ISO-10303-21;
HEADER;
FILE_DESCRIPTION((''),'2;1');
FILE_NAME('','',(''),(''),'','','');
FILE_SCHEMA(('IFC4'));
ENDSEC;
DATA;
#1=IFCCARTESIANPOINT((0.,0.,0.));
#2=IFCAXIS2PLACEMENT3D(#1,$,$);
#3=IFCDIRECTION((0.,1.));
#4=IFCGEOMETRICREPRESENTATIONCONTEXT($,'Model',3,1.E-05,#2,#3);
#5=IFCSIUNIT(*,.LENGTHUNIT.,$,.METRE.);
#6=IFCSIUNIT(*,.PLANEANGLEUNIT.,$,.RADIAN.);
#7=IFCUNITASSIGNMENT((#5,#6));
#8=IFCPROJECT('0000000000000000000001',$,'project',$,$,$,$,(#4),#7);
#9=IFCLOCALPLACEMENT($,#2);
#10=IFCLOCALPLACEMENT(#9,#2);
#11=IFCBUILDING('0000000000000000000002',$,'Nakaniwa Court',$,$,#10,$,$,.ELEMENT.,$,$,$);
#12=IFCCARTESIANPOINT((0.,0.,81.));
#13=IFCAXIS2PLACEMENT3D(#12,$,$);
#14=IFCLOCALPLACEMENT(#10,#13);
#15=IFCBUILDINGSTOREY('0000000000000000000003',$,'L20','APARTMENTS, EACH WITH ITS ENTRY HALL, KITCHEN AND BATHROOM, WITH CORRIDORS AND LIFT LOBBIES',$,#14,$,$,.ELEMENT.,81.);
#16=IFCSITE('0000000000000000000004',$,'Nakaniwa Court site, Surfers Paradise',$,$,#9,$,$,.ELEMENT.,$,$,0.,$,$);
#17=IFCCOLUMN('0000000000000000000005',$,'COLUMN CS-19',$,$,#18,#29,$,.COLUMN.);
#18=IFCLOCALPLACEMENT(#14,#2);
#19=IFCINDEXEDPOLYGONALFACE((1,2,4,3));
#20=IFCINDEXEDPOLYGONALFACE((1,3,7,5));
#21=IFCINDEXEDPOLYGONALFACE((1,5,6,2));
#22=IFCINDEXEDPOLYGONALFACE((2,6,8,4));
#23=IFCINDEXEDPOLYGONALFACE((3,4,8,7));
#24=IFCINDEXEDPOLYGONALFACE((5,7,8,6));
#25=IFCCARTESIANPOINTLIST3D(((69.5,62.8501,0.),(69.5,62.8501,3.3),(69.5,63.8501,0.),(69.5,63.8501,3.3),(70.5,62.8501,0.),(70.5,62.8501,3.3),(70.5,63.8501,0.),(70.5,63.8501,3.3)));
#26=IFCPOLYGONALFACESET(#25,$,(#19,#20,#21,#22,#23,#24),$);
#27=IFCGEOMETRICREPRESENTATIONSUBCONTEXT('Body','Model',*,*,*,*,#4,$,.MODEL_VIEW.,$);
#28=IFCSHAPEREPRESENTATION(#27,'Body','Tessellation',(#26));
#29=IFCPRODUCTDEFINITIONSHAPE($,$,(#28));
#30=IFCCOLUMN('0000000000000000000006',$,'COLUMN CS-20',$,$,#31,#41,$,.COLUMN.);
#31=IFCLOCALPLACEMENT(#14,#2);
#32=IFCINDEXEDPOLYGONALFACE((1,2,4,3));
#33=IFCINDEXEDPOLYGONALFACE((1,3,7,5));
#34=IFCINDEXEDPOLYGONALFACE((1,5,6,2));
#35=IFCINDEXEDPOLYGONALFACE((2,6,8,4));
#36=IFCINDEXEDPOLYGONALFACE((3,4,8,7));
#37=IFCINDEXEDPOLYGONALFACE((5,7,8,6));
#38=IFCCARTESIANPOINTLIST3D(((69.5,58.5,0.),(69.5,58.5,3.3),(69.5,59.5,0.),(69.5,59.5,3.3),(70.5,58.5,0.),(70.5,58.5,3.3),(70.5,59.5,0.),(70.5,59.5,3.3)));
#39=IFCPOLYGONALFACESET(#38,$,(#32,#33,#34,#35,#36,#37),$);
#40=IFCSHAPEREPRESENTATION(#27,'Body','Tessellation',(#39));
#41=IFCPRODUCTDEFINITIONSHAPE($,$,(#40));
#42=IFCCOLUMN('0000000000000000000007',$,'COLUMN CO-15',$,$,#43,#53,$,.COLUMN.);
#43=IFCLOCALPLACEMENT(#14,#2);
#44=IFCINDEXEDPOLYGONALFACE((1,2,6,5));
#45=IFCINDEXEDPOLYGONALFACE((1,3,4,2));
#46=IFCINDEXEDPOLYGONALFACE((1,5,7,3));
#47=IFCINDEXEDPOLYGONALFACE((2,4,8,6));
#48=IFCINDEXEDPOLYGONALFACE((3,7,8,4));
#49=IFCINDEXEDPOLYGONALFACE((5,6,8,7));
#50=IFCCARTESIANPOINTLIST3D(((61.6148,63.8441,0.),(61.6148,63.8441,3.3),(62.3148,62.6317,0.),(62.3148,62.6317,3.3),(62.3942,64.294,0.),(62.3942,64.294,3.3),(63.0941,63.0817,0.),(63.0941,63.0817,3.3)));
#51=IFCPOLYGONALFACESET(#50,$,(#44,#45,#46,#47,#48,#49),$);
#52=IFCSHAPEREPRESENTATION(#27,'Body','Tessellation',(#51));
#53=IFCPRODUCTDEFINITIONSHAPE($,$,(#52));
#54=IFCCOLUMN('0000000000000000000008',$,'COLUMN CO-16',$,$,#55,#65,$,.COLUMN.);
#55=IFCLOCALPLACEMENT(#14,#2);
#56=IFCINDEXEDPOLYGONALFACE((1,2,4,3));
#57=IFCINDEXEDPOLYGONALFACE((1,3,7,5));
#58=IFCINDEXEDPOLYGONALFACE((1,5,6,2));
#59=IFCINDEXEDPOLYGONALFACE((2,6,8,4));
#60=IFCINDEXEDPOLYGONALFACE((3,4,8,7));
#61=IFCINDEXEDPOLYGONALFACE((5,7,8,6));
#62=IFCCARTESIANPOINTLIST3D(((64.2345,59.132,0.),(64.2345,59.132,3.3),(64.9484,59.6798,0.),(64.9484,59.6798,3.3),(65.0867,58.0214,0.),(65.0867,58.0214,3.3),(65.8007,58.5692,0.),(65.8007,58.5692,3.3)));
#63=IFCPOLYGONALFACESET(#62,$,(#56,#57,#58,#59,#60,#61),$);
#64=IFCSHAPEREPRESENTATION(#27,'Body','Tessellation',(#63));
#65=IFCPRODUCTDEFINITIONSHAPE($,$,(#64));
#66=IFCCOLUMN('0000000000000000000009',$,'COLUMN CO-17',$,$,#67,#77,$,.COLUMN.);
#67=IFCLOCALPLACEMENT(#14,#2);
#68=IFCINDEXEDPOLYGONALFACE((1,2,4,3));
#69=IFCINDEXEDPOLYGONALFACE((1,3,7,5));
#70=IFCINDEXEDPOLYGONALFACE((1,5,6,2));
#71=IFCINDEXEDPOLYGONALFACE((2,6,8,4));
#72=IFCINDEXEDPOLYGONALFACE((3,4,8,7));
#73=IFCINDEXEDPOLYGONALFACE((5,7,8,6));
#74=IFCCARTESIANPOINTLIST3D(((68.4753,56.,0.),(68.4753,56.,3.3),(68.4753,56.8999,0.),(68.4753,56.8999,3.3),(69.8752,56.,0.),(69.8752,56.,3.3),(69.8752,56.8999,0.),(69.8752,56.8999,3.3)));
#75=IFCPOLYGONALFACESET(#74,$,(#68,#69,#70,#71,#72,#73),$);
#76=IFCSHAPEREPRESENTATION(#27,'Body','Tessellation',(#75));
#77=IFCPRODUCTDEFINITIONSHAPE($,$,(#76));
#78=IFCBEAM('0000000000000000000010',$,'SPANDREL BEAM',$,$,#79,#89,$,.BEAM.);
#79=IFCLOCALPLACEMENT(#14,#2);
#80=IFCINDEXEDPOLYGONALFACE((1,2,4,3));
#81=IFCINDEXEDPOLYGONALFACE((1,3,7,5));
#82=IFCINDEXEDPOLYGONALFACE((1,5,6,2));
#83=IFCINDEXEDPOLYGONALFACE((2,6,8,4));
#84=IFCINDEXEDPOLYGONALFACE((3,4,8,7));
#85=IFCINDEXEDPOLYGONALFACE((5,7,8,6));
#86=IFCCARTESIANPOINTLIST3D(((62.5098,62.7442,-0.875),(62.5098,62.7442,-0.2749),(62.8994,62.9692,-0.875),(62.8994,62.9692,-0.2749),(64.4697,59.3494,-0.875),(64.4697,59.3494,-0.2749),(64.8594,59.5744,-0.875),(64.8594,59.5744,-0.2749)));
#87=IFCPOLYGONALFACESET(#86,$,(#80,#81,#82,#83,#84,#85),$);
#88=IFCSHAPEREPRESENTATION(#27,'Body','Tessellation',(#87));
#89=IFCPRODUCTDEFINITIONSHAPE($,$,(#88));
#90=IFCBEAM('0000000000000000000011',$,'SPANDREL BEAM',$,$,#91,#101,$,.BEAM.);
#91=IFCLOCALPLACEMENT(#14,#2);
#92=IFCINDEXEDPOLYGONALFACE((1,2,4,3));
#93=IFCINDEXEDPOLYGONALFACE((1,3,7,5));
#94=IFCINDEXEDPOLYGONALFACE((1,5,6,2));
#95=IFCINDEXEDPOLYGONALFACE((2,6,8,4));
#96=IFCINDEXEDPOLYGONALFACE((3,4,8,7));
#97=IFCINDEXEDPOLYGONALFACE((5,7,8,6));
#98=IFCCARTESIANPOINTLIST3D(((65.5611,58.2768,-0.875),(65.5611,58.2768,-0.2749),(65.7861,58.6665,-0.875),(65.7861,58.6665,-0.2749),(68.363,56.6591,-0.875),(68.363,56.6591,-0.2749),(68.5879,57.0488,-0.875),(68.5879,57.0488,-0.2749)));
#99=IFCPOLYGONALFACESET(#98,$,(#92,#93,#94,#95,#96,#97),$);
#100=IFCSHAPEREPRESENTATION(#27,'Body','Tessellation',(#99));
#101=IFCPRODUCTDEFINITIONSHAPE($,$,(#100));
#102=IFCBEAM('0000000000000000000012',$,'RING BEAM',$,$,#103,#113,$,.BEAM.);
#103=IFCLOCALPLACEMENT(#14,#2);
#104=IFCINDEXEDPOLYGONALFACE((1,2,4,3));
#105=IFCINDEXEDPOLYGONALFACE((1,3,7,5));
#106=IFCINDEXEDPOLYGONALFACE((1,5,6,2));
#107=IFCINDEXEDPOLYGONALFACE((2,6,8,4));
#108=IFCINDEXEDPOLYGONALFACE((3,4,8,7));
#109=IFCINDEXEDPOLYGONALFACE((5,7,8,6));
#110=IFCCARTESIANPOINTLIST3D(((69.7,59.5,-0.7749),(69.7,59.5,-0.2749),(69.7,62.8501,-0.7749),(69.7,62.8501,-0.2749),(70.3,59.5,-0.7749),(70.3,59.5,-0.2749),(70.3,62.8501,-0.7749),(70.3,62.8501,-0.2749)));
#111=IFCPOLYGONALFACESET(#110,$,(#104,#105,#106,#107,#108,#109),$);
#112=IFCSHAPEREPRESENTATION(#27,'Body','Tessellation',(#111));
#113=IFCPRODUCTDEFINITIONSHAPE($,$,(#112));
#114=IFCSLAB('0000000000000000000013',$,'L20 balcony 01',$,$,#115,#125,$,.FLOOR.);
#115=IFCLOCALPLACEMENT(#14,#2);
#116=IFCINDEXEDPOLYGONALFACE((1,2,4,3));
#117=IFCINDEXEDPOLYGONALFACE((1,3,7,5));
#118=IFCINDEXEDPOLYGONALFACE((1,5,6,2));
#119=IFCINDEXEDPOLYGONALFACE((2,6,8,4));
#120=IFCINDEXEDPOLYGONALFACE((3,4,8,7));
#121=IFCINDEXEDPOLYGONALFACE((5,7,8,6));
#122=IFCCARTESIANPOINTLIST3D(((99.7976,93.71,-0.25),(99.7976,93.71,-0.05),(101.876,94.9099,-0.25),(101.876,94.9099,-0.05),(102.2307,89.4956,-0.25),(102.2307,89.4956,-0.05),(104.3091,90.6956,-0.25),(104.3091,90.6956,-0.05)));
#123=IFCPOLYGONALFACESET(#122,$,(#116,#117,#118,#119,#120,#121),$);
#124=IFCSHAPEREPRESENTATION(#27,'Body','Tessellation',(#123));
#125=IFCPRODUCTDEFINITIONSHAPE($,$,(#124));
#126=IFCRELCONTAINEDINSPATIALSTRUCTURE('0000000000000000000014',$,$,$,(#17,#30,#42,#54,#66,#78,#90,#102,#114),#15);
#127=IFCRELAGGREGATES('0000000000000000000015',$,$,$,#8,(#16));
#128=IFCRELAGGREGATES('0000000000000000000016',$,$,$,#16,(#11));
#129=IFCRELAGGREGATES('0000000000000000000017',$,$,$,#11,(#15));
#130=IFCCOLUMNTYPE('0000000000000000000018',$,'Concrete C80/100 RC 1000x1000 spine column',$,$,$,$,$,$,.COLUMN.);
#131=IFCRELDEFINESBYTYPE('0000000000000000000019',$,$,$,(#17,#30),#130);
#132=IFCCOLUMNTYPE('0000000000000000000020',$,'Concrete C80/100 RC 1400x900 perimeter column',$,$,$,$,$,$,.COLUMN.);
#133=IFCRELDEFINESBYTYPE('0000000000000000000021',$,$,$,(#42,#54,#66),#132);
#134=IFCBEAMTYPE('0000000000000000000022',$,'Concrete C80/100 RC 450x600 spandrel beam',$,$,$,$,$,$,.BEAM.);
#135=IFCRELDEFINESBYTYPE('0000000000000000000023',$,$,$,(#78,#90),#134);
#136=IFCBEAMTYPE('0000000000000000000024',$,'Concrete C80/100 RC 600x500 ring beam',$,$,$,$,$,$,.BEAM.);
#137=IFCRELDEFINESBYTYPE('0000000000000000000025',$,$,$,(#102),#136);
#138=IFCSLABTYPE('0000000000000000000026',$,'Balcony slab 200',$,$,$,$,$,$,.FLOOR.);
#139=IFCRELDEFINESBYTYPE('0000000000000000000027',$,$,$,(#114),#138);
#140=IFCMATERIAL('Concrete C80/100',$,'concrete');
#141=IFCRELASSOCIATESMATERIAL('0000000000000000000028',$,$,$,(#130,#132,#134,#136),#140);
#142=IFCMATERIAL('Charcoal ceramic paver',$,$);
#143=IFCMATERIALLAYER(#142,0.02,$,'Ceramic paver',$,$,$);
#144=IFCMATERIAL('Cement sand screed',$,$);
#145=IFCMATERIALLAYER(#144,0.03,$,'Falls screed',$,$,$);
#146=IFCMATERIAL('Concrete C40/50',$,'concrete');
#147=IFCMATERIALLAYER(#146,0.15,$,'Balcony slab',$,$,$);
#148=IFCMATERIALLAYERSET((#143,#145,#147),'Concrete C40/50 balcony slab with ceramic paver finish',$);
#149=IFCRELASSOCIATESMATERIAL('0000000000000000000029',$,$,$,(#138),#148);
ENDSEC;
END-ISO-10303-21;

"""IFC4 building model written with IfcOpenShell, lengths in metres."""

from ifc_helpers import new_model, si_unit, direction, frame, origin, origin_2d, place, context, subcontext, project, spatial, polyline, rectangle, outline, extrude, material, layer, layer_set, material_profile, profile_set, type_object, element, save


model = new_model("IFC4")

# Units and contexts
model_context = context("Model", 3, precision=1e-05, world=origin(), true_north=direction((0.0, 1.0)))
body_context = subcontext(model_context, "Body", "Model", "MODEL_VIEW")
ifc_project = project(units=[si_unit("LENGTHUNIT", "METRE"), si_unit("PLANEANGLEUNIT", "RADIAN")], contexts=[model_context])

# Site, building, storey
site_placement = place(None, origin())
site = spatial("IfcSite", under=ifc_project, at=site_placement, Name="Nakaniwa Court site, Surfers Paradise", CompositionType="ELEMENT", RefElevation=0.0)
building_placement = place(site_placement, origin())
building = spatial("IfcBuilding", under=site, at=building_placement, Name="Nakaniwa Court", CompositionType="ELEMENT")
storey_placement = place(building_placement, frame((0.0, 0.0, 81.0)))
storey = spatial("IfcBuildingStorey", under=building, at=storey_placement, Name="L20", Description="APARTMENTS, EACH WITH ITS ENTRY HALL, KITCHEN AND BATHROOM, WITH CORRIDORS AND LIFT LOBBIES", CompositionType="ELEMENT", Elevation=81.0)

# Columns
ifc_material_1 = material(Name="Concrete C80/100", Category="concrete")
ifc_material_profile_1 = material_profile(ifc_material_1, rectangle(XDim=1.0, YDim=1.0, at=origin_2d()), Name="Concrete C80/100 RC 1000x1000 spine column")
ifc_profile_set_1 = profile_set([ifc_material_profile_1], Name="Concrete C80/100")
column_type_1 = type_object("IfcColumnType", Name="Concrete C80/100 RC 1000x1000 spine column", PredefinedType="COLUMN", material=ifc_profile_set_1)
for number, where, z_axis, x_axis, name in (
    (1, (70.0, 63.3501, 0.0), (0.0, 0.0, 1.0), (0.0, -1.0, 0.0), "COLUMN CS-19"),
    (2, (70.0, 59.0, 0.0), (0.0, 0.0, 1.0), (0.0, -1.0, 0.0), "COLUMN CS-20"),
):
    element("IfcColumn", number, at=place(storey_placement, frame(where, z_axis=z_axis, x_axis=x_axis)), inside=storey, type_object=column_type_1, Name=name, PredefinedType="COLUMN", context=body_context, shape_type="SweptSolid", body=[
        extrude(rectangle(XDim=1.0, YDim=1.0, at=origin_2d()), origin(), (0.0, 0.0, 1.0), 3.3),
    ])
ifc_material_profile_2 = material_profile(ifc_material_1, rectangle(XDim=1.3999, YDim=0.8999, at=origin_2d()), Name="Concrete C80/100 RC 1400x900 perimeter column")
ifc_profile_set_2 = profile_set([ifc_material_profile_2], Name="Concrete C80/100")
column_type_2 = type_object("IfcColumnType", Name="Concrete C80/100 RC 1400x900 perimeter column", PredefinedType="COLUMN", material=ifc_profile_set_2)
for number, where, z_axis, x_axis, name in (
    (3, (62.3545, 63.4629, 0.0), (0.0, 0.0, 1.0), (0.5, -0.866025, 0.0), "COLUMN CO-15"),
    (4, (65.0176, 58.8506, 0.0), (0.0, 0.0, 1.0), (0.608761, -0.793353, 0.0), "COLUMN CO-16"),
    (5, (69.1753, 56.45, 0.0), (0.0, 0.0, 1.0), (1.0, 0.0, 0.0), "COLUMN CO-17"),
):
    element("IfcColumn", number, at=place(storey_placement, frame(where, z_axis=z_axis, x_axis=x_axis)), inside=storey, type_object=column_type_2, Name=name, PredefinedType="COLUMN", context=body_context, shape_type="SweptSolid", body=[
        extrude(rectangle(XDim=1.3999, YDim=0.8999, at=origin_2d()), origin(), (0.0, 0.0, 1.0), 3.3),
    ])

# Beams
ifc_material_profile_3 = material_profile(ifc_material_1, rectangle(XDim=0.45, YDim=0.6001, at=origin_2d()), Name="Concrete C80/100 RC 450x600 spandrel beam")
ifc_profile_set_3 = profile_set([ifc_material_profile_3], Name="Concrete C80/100")
beam_type_1 = type_object("IfcBeamType", Name="Concrete C80/100 RC 450x600 spandrel beam", PredefinedType="BEAM", material=ifc_profile_set_3)
beam_1_placement = place(storey_placement, frame((62.7046, 62.8567, -0.575), z_axis=(0.499997, -0.866027, 0.0), x_axis=(0.866027, 0.499997, 0.0)))
element("IfcBeam", 6, at=beam_1_placement, inside=storey, type_object=beam_type_1, Name="SPANDREL BEAM", PredefinedType="BEAM", context=body_context, shape_type="SweptSolid", body=[
    extrude(rectangle(XDim=0.45, YDim=0.6001, at=origin_2d()), origin(), (0.0, 0.0, 1.0), 3.9199),
])
beam_2_placement = place(storey_placement, frame((65.6736, 58.4717, -0.575), z_axis=(0.866015, -0.500019, 0.0), x_axis=(0.500019, 0.866015, 0.0)))
element("IfcBeam", 7, at=beam_2_placement, inside=storey, type_object=beam_type_1, Name="SPANDREL BEAM", PredefinedType="BEAM", context=body_context, shape_type="SweptSolid", body=[
    extrude(rectangle(XDim=0.45, YDim=0.6001, at=origin_2d()), origin(), (0.0, 0.0, 1.0), 3.2354),
])
ifc_material_profile_4 = material_profile(ifc_material_1, rectangle(XDim=0.6001, YDim=0.5, at=origin_2d()), Name="Concrete C80/100 RC 600x500 ring beam")
ifc_profile_set_4 = profile_set([ifc_material_profile_4], Name="Concrete C80/100")
beam_type_2 = type_object("IfcBeamType", Name="Concrete C80/100 RC 600x500 ring beam", PredefinedType="BEAM", material=ifc_profile_set_4)
beam_3_placement = place(storey_placement, frame((70.0, 62.8501, -0.5249), z_axis=(0.0, -1.0, 0.0), x_axis=(1.0, 0.0, 0.0)))
element("IfcBeam", 8, at=beam_3_placement, inside=storey, type_object=beam_type_2, Name="RING BEAM", PredefinedType="BEAM", context=body_context, shape_type="SweptSolid", body=[
    extrude(rectangle(XDim=0.6001, YDim=0.5, at=origin_2d()), origin(), (0.0, 0.0, 1.0), 3.3501),
])

# Slab
ifc_material_2 = material(Name="Charcoal ceramic paver")
ifc_layer_1 = layer(ifc_material_2, 0.02, Name="Ceramic paver")
ifc_material_3 = material(Name="Cement sand screed")
ifc_layer_2 = layer(ifc_material_3, 0.03, Name="Falls screed")
ifc_material_4 = material(Name="Concrete C40/50", Category="concrete")
ifc_layer_3 = layer(ifc_material_4, 0.15, Name="Balcony slab")
ifc_layer_set_1 = layer_set([ifc_layer_1, ifc_layer_2, ifc_layer_3], Name="Concrete C40/50 balcony slab with ceramic paver finish")
slab_type_1 = type_object("IfcSlabType", Name="Balcony slab 200", PredefinedType="FLOOR", material=ifc_layer_set_1)
slab_1_placement = place(storey_placement, frame((0.0, 0.0, -0.25)))
element("IfcSlab", 9, at=slab_1_placement, inside=storey, type_object=slab_type_1, Name="L20 balcony 01", PredefinedType="FLOOR", context=body_context, shape_type="SweptSolid", body=[
    extrude(outline(polyline([(102.2307, 89.4956), (99.7976, 93.71), (101.876, 94.9099), (104.3091, 90.6956), (102.2307, 89.4956)])), origin(), (0.0, 0.0, 1.0), 0.2),
])

save(model, "model.ifc")
